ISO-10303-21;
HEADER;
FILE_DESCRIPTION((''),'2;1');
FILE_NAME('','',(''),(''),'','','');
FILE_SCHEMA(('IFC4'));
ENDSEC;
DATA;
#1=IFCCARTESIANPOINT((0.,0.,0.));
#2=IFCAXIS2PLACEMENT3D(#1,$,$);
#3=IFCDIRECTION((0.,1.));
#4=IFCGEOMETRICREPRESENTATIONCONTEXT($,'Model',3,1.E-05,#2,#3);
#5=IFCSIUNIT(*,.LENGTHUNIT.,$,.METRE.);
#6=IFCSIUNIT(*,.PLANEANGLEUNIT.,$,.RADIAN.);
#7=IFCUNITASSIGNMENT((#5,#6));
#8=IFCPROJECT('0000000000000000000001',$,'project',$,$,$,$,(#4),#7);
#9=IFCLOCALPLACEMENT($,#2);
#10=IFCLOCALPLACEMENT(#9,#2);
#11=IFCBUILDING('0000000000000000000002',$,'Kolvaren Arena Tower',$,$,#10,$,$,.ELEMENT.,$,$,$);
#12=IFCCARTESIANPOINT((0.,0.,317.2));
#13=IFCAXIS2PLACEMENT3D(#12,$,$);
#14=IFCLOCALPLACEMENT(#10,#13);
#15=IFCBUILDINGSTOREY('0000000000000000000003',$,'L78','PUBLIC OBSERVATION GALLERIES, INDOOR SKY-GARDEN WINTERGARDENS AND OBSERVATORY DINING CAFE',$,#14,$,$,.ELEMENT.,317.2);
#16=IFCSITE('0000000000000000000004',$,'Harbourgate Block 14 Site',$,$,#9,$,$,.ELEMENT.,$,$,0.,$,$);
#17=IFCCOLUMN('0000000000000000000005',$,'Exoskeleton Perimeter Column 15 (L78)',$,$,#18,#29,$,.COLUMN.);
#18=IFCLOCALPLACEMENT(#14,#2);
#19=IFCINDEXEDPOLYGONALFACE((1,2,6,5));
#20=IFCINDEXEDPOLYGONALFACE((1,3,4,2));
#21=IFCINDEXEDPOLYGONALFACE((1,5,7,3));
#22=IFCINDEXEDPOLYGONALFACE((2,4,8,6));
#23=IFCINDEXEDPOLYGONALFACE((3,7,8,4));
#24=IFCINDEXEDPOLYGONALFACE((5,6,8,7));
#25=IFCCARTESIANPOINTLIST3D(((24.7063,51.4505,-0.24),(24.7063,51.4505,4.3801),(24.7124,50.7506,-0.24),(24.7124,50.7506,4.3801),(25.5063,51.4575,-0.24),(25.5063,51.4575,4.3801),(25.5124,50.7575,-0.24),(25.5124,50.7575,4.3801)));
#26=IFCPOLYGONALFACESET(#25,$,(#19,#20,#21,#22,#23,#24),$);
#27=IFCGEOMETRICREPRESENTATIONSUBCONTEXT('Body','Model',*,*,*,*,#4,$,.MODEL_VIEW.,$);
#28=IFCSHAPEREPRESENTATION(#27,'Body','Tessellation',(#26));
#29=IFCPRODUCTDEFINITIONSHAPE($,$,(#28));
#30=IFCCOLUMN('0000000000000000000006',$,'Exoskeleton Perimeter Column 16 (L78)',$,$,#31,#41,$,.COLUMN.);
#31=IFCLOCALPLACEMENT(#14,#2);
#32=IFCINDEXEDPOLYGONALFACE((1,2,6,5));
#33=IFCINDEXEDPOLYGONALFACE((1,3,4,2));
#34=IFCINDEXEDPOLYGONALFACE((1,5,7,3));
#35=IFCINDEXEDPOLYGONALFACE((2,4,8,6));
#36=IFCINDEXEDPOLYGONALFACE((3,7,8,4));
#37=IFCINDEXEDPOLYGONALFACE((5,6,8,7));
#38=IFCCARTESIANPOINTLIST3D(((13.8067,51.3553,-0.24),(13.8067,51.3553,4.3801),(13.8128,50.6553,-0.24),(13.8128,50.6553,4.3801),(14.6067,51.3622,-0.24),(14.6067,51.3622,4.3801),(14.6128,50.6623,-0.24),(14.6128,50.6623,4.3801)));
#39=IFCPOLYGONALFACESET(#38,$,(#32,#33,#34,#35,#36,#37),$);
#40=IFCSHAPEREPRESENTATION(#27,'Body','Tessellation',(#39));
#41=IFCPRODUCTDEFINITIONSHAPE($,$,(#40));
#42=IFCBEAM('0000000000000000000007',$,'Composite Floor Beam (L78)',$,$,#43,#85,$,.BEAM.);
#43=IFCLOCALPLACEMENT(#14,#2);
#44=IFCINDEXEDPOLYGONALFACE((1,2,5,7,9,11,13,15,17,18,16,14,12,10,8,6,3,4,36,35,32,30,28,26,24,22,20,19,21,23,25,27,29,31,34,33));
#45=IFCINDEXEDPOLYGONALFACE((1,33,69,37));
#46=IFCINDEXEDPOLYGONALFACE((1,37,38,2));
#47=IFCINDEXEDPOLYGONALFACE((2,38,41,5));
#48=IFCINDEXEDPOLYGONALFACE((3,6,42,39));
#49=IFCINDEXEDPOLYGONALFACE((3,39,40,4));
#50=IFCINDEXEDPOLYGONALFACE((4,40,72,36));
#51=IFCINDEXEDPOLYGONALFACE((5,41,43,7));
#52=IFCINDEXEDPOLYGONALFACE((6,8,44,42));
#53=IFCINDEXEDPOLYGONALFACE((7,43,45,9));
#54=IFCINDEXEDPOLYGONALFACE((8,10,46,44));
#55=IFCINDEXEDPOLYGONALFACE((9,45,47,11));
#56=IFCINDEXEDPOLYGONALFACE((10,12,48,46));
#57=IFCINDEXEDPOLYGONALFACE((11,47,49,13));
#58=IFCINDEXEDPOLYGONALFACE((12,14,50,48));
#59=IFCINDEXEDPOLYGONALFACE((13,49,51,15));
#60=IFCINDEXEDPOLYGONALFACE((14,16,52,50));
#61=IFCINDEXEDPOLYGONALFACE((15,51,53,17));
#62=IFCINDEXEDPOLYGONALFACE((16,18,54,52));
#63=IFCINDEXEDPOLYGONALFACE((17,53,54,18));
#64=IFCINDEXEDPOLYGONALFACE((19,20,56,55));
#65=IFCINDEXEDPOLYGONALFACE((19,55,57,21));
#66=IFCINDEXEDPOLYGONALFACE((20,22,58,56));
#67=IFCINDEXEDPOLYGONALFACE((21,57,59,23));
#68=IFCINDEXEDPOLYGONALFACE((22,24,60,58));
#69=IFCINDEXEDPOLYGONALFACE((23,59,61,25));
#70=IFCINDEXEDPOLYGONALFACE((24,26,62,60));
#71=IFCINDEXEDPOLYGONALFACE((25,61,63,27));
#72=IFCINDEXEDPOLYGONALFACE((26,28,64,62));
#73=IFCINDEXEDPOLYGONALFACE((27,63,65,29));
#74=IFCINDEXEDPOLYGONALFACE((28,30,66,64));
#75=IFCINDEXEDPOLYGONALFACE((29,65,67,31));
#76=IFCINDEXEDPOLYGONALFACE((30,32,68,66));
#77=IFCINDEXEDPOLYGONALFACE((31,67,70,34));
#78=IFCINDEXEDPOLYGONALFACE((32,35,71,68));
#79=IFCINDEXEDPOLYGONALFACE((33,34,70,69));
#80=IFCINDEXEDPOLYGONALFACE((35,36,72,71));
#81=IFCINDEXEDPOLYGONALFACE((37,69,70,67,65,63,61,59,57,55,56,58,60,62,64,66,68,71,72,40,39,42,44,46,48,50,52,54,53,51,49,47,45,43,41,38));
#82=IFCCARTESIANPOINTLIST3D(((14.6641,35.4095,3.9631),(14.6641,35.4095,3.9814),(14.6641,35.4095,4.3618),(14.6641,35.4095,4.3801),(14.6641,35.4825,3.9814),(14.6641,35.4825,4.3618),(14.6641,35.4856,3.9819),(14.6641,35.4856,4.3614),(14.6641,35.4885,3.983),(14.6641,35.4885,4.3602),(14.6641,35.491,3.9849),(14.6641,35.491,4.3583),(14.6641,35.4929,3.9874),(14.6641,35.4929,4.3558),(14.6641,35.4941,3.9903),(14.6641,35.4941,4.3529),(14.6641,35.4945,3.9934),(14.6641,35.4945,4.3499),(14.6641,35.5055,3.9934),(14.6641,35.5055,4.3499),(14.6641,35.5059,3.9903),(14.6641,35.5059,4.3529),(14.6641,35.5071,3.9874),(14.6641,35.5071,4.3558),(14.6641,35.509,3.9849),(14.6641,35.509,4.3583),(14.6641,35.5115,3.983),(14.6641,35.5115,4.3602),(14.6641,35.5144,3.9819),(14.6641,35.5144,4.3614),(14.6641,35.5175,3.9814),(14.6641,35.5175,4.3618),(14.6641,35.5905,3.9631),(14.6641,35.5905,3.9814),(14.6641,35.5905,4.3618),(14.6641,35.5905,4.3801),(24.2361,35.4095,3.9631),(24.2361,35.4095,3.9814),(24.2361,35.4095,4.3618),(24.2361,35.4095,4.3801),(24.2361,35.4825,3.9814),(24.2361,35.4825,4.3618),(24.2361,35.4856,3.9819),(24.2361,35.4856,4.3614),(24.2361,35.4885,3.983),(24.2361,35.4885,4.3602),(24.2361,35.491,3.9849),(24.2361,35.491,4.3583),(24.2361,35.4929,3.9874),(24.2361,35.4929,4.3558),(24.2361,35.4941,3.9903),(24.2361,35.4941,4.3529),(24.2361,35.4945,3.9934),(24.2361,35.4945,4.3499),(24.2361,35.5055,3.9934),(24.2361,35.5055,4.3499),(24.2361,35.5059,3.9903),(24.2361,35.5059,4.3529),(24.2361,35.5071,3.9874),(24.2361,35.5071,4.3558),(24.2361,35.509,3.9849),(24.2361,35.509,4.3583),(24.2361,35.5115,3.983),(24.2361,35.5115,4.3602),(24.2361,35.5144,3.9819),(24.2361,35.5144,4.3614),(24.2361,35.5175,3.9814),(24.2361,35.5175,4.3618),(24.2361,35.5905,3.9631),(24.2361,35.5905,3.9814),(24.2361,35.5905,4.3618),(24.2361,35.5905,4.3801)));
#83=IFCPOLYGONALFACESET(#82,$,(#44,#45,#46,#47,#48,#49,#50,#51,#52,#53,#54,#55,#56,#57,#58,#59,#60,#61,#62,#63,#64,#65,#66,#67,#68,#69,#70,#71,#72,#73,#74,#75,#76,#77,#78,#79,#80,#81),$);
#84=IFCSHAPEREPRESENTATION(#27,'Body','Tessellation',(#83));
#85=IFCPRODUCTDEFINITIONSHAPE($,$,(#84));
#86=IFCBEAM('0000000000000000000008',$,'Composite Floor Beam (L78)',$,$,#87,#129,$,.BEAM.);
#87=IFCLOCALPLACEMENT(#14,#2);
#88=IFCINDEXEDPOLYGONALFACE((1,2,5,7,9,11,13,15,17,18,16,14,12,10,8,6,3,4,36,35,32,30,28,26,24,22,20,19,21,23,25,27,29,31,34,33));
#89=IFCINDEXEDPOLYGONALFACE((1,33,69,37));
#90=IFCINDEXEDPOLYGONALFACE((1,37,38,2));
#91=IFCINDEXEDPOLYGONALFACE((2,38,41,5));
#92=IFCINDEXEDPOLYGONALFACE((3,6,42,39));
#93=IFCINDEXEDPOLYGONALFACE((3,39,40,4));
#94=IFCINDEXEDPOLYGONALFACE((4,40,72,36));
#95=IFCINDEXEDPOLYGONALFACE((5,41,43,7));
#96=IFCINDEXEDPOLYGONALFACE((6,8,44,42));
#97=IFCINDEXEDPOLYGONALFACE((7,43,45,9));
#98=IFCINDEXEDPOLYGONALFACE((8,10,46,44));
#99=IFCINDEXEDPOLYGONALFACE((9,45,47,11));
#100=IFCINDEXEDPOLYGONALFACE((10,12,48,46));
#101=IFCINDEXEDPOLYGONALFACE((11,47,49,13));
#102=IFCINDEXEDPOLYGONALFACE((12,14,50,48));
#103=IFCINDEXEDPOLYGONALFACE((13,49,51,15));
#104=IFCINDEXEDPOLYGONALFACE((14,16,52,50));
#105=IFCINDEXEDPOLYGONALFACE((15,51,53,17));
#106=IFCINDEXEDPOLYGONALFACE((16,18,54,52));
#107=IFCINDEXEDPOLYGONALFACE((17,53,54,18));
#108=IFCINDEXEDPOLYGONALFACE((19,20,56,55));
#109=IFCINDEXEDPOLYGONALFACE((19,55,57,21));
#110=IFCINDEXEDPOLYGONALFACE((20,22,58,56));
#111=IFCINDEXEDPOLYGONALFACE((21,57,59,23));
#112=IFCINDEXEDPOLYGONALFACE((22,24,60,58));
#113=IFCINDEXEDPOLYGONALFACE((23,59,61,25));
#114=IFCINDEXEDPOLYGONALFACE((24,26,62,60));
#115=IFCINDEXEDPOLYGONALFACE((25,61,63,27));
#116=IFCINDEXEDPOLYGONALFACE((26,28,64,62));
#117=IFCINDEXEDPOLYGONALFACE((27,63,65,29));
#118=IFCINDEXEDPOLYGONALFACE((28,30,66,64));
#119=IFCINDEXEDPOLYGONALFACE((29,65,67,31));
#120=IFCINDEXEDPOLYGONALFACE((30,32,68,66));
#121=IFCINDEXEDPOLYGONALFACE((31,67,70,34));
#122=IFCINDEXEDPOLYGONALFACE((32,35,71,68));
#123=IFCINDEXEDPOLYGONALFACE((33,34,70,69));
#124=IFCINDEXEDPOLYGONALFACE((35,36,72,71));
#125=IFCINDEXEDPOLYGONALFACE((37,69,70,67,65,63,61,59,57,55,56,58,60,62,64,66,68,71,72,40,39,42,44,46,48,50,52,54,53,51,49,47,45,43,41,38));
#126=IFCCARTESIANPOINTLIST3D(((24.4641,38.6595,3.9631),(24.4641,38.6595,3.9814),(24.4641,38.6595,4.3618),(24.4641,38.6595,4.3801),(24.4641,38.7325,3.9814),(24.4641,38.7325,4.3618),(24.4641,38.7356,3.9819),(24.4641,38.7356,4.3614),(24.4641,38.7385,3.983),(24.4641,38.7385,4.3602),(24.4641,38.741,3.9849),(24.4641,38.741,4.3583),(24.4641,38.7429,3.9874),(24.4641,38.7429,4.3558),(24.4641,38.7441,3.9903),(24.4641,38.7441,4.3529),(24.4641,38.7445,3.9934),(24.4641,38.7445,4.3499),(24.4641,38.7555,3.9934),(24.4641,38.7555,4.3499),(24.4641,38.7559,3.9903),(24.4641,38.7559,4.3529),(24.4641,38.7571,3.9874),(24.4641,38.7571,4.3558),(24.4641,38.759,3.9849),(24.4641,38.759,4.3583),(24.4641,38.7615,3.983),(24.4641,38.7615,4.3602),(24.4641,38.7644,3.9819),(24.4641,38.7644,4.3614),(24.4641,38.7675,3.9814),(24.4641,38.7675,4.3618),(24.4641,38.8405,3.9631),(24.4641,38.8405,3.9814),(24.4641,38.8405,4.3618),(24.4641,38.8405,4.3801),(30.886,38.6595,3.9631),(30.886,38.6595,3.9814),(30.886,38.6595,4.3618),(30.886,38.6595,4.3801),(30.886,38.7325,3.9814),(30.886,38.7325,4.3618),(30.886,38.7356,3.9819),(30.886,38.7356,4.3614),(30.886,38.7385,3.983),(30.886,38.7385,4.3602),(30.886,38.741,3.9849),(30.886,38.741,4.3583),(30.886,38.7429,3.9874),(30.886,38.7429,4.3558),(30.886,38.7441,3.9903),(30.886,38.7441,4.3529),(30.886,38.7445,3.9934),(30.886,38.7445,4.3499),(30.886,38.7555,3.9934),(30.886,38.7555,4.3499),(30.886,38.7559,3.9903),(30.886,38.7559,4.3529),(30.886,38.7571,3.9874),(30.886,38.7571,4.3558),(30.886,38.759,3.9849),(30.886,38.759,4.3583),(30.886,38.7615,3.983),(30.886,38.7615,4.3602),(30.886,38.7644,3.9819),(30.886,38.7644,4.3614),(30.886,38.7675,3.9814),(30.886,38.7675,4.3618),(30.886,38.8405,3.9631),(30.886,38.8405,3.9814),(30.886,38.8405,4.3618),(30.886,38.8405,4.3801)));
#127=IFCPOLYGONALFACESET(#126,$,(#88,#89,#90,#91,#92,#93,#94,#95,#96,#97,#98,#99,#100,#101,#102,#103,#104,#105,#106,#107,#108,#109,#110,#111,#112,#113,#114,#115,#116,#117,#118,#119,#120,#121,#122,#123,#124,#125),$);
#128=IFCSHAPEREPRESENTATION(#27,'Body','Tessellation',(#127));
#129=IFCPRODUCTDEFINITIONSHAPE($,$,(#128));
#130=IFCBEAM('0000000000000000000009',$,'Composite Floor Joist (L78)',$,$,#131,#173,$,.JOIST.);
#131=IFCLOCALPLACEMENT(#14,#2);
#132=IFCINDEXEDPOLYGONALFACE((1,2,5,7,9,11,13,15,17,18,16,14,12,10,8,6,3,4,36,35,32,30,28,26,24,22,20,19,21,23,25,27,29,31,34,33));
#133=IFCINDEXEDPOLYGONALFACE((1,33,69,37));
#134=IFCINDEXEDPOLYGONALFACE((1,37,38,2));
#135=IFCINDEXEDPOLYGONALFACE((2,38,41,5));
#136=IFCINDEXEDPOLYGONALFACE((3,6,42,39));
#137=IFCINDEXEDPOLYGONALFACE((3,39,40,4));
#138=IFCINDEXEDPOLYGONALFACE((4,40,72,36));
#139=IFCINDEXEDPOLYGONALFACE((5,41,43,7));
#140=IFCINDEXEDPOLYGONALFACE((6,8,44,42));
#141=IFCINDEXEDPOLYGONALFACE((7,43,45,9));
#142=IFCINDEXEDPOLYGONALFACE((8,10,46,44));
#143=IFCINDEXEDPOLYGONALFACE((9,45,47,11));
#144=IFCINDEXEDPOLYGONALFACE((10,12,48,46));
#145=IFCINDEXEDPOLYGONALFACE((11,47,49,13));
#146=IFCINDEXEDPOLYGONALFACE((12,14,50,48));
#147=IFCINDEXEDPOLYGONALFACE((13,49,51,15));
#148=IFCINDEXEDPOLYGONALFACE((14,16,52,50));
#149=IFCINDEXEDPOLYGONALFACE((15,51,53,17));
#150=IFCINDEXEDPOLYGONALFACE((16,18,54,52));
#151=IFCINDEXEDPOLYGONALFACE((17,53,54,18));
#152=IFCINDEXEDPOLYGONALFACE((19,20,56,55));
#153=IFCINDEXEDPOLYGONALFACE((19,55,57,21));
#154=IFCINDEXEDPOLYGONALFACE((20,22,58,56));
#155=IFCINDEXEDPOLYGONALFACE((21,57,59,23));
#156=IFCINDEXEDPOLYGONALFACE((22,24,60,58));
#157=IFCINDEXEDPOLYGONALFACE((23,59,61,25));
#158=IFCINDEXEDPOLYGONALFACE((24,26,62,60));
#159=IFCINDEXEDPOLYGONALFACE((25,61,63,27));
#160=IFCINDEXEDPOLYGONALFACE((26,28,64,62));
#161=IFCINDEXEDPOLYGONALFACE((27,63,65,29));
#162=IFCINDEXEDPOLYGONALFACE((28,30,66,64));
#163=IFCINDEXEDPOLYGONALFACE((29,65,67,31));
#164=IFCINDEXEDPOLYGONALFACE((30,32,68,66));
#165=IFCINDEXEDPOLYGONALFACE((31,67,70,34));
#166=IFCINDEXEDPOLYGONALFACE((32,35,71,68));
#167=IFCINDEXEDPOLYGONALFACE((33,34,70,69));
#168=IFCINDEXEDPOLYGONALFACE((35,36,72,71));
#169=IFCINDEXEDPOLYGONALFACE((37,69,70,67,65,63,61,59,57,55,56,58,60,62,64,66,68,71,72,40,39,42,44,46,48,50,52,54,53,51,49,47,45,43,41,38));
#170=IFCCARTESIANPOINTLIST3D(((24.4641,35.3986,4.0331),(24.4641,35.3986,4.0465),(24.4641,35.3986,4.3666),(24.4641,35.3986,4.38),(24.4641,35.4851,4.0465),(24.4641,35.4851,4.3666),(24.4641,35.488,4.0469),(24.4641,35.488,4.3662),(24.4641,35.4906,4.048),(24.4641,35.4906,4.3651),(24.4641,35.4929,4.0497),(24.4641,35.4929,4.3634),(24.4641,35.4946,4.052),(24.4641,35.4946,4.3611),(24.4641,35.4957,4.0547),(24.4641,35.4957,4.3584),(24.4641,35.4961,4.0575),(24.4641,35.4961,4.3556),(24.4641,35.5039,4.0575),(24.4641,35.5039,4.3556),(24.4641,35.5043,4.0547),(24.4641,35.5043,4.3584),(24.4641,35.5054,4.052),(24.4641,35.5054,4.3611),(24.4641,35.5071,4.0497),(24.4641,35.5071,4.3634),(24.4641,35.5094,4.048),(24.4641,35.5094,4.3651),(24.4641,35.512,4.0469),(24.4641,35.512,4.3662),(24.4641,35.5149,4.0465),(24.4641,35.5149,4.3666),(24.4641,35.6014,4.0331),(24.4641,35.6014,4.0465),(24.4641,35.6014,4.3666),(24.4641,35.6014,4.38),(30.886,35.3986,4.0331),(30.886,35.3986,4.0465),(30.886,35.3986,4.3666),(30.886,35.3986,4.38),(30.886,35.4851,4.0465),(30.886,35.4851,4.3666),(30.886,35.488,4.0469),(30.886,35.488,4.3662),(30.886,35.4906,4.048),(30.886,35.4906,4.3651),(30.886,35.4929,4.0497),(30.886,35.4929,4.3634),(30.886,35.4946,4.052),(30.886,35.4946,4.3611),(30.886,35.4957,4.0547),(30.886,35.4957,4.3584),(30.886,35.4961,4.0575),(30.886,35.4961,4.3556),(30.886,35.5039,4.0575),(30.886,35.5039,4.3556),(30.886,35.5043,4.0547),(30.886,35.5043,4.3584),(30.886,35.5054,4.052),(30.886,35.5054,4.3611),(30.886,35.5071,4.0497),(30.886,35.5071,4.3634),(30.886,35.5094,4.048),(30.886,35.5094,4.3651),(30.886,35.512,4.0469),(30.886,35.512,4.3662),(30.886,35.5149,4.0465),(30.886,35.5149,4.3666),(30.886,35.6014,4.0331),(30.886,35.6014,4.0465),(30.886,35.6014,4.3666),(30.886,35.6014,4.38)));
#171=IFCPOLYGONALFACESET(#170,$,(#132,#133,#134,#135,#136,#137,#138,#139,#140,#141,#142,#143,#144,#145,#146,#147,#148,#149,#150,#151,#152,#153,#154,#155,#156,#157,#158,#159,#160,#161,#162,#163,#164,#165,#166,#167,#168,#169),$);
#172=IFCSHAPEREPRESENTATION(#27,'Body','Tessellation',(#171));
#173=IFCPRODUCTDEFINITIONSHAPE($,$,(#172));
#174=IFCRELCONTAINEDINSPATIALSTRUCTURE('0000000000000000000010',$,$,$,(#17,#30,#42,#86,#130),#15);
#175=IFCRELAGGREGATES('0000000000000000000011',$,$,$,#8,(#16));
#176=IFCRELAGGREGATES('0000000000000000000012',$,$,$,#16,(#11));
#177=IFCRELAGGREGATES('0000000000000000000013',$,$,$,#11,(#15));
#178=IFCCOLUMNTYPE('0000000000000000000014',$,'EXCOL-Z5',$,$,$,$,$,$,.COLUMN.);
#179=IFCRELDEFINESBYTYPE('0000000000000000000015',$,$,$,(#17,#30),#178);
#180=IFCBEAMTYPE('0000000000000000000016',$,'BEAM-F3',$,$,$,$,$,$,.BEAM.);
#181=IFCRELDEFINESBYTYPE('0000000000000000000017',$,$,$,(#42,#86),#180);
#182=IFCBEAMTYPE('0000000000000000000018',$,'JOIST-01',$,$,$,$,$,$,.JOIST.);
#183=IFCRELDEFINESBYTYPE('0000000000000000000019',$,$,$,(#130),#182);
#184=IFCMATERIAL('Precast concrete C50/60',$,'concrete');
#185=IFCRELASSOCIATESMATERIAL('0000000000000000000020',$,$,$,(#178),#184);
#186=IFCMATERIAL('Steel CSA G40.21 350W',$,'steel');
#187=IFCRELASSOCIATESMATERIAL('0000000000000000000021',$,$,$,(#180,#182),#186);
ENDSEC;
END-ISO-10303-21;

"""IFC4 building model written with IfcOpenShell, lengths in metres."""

from ifc_helpers import new_model, si_unit, direction, frame, origin, origin_2d, place, context, subcontext, project, spatial, rectangle, i_section, extrude, material, material_profile, profile_set, type_object, element, save


model = new_model("IFC4")

# Units and contexts
model_context = context("Model", 3, precision=1e-05, world=origin(), true_north=direction((0.0, 1.0)))
body_context = subcontext(model_context, "Body", "Model", "MODEL_VIEW")
ifc_project = project(units=[si_unit("LENGTHUNIT", "METRE"), si_unit("PLANEANGLEUNIT", "RADIAN")], contexts=[model_context])

# Site, building, storey
site_placement = place(None, origin())
site = spatial("IfcSite", under=ifc_project, at=site_placement, Name="Harbourgate Block 14 Site", CompositionType="ELEMENT", RefElevation=0.0)
building_placement = place(site_placement, origin())
building = spatial("IfcBuilding", under=site, at=building_placement, Name="Kolvaren Arena Tower", CompositionType="ELEMENT")
storey_placement = place(building_placement, frame((0.0, 0.0, 317.2)))
storey = spatial("IfcBuildingStorey", under=building, at=storey_placement, Name="L78", Description="PUBLIC OBSERVATION GALLERIES, INDOOR SKY-GARDEN WINTERGARDENS AND OBSERVATORY DINING CAFE", CompositionType="ELEMENT", Elevation=317.2)

# Columns
ifc_material_1 = material(Name="Precast concrete C50/60", Category="concrete")
ifc_material_profile_1 = material_profile(ifc_material_1, rectangle(XDim=0.8, YDim=0.7, at=origin_2d()), Name="RC-800x700")
ifc_profile_set_1 = profile_set([ifc_material_profile_1], Name="Precast concrete C50/60")
column_type = type_object("IfcColumnType", Name="EXCOL-Z5", PredefinedType="COLUMN", material=ifc_profile_set_1)
for number, where, z_axis, x_axis, name in (
    (1, (25.1094, 51.104, -0.24), (0.0, 0.0, 1.0), (0.999962, 0.008727, 0.0), "Exoskeleton Perimeter Column 15 (L78)"),
    (2, (14.2097, 51.0088, -0.24), (0.0, 0.0, 1.0), (0.999962, 0.008727, 0.0), "Exoskeleton Perimeter Column 16 (L78)"),
):
    element("IfcColumn", number, at=place(storey_placement, frame(where, z_axis=z_axis, x_axis=x_axis)), inside=storey, type_object=column_type, Name=name, PredefinedType="COLUMN", context=body_context, shape_type="SweptSolid", body=[
        extrude(rectangle(XDim=0.8, YDim=0.7, at=origin_2d()), origin(), (0.0, 0.0, 1.0), 4.6201),
    ])

# Beams
ifc_material_2 = material(Name="Steel CSA G40.21 350W", Category="steel")
ifc_material_profile_2 = material_profile(ifc_material_2, i_section(OverallWidth=0.1809, OverallDepth=0.417, WebThickness=0.011, FlangeThickness=0.0183, FilletRadius=0.012, at=origin_2d()), Name="W410x85")
ifc_profile_set_2 = profile_set([ifc_material_profile_2], Name="Steel CSA G40.21 350W")
beam_type_1 = type_object("IfcBeamType", Name="BEAM-F3", PredefinedType="BEAM", material=ifc_profile_set_2)
beam_1_placement = place(storey_placement, frame((14.6641, 35.5, 4.1716), z_axis=(1.0, 0.0, 0.0), x_axis=(0.0, 1.0, 0.0)))
element("IfcBeam", 3, at=beam_1_placement, inside=storey, type_object=beam_type_1, Name="Composite Floor Beam (L78)", PredefinedType="BEAM", context=body_context, shape_type="SweptSolid", body=[
    extrude(i_section(OverallWidth=0.1809, OverallDepth=0.417, WebThickness=0.011, FlangeThickness=0.0183, FilletRadius=0.012, at=origin_2d()), origin(), (0.0, 0.0, 1.0), 9.572),
])
beam_2_placement = place(storey_placement, frame((24.4641, 38.75, 4.1716), z_axis=(1.0, 0.0, 0.0), x_axis=(0.0, 1.0, 0.0)))
element("IfcBeam", 4, at=beam_2_placement, inside=storey, type_object=beam_type_1, Name="Composite Floor Beam (L78)", PredefinedType="BEAM", context=body_context, shape_type="SweptSolid", body=[
    extrude(i_section(OverallWidth=0.1809, OverallDepth=0.417, WebThickness=0.011, FlangeThickness=0.0183, FilletRadius=0.012, at=origin_2d()), origin(), (0.0, 0.0, 1.0), 6.4219),
])
ifc_material_profile_3 = material_profile(ifc_material_2, i_section(OverallWidth=0.2029, OverallDepth=0.3469, WebThickness=0.0078, FlangeThickness=0.0134, FilletRadius=0.011, at=origin_2d()), Name="W360x64")
ifc_profile_set_3 = profile_set([ifc_material_profile_3], Name="Steel CSA G40.21 350W")
beam_type_2 = type_object("IfcBeamType", Name="JOIST-01", PredefinedType="JOIST", material=ifc_profile_set_3)
beam_3_placement = place(storey_placement, frame((24.4641, 35.5, 4.2065), z_axis=(1.0, 0.0, 0.0), x_axis=(0.0, 1.0, 0.0)))
element("IfcBeam", 5, at=beam_3_placement, inside=storey, type_object=beam_type_2, Name="Composite Floor Joist (L78)", PredefinedType="JOIST", context=body_context, shape_type="SweptSolid", body=[
    extrude(i_section(OverallWidth=0.2029, OverallDepth=0.3469, WebThickness=0.0078, FlangeThickness=0.0134, FilletRadius=0.011, at=origin_2d()), origin(), (0.0, 0.0, 1.0), 6.4219),
])

save(model, "model.ifc")
